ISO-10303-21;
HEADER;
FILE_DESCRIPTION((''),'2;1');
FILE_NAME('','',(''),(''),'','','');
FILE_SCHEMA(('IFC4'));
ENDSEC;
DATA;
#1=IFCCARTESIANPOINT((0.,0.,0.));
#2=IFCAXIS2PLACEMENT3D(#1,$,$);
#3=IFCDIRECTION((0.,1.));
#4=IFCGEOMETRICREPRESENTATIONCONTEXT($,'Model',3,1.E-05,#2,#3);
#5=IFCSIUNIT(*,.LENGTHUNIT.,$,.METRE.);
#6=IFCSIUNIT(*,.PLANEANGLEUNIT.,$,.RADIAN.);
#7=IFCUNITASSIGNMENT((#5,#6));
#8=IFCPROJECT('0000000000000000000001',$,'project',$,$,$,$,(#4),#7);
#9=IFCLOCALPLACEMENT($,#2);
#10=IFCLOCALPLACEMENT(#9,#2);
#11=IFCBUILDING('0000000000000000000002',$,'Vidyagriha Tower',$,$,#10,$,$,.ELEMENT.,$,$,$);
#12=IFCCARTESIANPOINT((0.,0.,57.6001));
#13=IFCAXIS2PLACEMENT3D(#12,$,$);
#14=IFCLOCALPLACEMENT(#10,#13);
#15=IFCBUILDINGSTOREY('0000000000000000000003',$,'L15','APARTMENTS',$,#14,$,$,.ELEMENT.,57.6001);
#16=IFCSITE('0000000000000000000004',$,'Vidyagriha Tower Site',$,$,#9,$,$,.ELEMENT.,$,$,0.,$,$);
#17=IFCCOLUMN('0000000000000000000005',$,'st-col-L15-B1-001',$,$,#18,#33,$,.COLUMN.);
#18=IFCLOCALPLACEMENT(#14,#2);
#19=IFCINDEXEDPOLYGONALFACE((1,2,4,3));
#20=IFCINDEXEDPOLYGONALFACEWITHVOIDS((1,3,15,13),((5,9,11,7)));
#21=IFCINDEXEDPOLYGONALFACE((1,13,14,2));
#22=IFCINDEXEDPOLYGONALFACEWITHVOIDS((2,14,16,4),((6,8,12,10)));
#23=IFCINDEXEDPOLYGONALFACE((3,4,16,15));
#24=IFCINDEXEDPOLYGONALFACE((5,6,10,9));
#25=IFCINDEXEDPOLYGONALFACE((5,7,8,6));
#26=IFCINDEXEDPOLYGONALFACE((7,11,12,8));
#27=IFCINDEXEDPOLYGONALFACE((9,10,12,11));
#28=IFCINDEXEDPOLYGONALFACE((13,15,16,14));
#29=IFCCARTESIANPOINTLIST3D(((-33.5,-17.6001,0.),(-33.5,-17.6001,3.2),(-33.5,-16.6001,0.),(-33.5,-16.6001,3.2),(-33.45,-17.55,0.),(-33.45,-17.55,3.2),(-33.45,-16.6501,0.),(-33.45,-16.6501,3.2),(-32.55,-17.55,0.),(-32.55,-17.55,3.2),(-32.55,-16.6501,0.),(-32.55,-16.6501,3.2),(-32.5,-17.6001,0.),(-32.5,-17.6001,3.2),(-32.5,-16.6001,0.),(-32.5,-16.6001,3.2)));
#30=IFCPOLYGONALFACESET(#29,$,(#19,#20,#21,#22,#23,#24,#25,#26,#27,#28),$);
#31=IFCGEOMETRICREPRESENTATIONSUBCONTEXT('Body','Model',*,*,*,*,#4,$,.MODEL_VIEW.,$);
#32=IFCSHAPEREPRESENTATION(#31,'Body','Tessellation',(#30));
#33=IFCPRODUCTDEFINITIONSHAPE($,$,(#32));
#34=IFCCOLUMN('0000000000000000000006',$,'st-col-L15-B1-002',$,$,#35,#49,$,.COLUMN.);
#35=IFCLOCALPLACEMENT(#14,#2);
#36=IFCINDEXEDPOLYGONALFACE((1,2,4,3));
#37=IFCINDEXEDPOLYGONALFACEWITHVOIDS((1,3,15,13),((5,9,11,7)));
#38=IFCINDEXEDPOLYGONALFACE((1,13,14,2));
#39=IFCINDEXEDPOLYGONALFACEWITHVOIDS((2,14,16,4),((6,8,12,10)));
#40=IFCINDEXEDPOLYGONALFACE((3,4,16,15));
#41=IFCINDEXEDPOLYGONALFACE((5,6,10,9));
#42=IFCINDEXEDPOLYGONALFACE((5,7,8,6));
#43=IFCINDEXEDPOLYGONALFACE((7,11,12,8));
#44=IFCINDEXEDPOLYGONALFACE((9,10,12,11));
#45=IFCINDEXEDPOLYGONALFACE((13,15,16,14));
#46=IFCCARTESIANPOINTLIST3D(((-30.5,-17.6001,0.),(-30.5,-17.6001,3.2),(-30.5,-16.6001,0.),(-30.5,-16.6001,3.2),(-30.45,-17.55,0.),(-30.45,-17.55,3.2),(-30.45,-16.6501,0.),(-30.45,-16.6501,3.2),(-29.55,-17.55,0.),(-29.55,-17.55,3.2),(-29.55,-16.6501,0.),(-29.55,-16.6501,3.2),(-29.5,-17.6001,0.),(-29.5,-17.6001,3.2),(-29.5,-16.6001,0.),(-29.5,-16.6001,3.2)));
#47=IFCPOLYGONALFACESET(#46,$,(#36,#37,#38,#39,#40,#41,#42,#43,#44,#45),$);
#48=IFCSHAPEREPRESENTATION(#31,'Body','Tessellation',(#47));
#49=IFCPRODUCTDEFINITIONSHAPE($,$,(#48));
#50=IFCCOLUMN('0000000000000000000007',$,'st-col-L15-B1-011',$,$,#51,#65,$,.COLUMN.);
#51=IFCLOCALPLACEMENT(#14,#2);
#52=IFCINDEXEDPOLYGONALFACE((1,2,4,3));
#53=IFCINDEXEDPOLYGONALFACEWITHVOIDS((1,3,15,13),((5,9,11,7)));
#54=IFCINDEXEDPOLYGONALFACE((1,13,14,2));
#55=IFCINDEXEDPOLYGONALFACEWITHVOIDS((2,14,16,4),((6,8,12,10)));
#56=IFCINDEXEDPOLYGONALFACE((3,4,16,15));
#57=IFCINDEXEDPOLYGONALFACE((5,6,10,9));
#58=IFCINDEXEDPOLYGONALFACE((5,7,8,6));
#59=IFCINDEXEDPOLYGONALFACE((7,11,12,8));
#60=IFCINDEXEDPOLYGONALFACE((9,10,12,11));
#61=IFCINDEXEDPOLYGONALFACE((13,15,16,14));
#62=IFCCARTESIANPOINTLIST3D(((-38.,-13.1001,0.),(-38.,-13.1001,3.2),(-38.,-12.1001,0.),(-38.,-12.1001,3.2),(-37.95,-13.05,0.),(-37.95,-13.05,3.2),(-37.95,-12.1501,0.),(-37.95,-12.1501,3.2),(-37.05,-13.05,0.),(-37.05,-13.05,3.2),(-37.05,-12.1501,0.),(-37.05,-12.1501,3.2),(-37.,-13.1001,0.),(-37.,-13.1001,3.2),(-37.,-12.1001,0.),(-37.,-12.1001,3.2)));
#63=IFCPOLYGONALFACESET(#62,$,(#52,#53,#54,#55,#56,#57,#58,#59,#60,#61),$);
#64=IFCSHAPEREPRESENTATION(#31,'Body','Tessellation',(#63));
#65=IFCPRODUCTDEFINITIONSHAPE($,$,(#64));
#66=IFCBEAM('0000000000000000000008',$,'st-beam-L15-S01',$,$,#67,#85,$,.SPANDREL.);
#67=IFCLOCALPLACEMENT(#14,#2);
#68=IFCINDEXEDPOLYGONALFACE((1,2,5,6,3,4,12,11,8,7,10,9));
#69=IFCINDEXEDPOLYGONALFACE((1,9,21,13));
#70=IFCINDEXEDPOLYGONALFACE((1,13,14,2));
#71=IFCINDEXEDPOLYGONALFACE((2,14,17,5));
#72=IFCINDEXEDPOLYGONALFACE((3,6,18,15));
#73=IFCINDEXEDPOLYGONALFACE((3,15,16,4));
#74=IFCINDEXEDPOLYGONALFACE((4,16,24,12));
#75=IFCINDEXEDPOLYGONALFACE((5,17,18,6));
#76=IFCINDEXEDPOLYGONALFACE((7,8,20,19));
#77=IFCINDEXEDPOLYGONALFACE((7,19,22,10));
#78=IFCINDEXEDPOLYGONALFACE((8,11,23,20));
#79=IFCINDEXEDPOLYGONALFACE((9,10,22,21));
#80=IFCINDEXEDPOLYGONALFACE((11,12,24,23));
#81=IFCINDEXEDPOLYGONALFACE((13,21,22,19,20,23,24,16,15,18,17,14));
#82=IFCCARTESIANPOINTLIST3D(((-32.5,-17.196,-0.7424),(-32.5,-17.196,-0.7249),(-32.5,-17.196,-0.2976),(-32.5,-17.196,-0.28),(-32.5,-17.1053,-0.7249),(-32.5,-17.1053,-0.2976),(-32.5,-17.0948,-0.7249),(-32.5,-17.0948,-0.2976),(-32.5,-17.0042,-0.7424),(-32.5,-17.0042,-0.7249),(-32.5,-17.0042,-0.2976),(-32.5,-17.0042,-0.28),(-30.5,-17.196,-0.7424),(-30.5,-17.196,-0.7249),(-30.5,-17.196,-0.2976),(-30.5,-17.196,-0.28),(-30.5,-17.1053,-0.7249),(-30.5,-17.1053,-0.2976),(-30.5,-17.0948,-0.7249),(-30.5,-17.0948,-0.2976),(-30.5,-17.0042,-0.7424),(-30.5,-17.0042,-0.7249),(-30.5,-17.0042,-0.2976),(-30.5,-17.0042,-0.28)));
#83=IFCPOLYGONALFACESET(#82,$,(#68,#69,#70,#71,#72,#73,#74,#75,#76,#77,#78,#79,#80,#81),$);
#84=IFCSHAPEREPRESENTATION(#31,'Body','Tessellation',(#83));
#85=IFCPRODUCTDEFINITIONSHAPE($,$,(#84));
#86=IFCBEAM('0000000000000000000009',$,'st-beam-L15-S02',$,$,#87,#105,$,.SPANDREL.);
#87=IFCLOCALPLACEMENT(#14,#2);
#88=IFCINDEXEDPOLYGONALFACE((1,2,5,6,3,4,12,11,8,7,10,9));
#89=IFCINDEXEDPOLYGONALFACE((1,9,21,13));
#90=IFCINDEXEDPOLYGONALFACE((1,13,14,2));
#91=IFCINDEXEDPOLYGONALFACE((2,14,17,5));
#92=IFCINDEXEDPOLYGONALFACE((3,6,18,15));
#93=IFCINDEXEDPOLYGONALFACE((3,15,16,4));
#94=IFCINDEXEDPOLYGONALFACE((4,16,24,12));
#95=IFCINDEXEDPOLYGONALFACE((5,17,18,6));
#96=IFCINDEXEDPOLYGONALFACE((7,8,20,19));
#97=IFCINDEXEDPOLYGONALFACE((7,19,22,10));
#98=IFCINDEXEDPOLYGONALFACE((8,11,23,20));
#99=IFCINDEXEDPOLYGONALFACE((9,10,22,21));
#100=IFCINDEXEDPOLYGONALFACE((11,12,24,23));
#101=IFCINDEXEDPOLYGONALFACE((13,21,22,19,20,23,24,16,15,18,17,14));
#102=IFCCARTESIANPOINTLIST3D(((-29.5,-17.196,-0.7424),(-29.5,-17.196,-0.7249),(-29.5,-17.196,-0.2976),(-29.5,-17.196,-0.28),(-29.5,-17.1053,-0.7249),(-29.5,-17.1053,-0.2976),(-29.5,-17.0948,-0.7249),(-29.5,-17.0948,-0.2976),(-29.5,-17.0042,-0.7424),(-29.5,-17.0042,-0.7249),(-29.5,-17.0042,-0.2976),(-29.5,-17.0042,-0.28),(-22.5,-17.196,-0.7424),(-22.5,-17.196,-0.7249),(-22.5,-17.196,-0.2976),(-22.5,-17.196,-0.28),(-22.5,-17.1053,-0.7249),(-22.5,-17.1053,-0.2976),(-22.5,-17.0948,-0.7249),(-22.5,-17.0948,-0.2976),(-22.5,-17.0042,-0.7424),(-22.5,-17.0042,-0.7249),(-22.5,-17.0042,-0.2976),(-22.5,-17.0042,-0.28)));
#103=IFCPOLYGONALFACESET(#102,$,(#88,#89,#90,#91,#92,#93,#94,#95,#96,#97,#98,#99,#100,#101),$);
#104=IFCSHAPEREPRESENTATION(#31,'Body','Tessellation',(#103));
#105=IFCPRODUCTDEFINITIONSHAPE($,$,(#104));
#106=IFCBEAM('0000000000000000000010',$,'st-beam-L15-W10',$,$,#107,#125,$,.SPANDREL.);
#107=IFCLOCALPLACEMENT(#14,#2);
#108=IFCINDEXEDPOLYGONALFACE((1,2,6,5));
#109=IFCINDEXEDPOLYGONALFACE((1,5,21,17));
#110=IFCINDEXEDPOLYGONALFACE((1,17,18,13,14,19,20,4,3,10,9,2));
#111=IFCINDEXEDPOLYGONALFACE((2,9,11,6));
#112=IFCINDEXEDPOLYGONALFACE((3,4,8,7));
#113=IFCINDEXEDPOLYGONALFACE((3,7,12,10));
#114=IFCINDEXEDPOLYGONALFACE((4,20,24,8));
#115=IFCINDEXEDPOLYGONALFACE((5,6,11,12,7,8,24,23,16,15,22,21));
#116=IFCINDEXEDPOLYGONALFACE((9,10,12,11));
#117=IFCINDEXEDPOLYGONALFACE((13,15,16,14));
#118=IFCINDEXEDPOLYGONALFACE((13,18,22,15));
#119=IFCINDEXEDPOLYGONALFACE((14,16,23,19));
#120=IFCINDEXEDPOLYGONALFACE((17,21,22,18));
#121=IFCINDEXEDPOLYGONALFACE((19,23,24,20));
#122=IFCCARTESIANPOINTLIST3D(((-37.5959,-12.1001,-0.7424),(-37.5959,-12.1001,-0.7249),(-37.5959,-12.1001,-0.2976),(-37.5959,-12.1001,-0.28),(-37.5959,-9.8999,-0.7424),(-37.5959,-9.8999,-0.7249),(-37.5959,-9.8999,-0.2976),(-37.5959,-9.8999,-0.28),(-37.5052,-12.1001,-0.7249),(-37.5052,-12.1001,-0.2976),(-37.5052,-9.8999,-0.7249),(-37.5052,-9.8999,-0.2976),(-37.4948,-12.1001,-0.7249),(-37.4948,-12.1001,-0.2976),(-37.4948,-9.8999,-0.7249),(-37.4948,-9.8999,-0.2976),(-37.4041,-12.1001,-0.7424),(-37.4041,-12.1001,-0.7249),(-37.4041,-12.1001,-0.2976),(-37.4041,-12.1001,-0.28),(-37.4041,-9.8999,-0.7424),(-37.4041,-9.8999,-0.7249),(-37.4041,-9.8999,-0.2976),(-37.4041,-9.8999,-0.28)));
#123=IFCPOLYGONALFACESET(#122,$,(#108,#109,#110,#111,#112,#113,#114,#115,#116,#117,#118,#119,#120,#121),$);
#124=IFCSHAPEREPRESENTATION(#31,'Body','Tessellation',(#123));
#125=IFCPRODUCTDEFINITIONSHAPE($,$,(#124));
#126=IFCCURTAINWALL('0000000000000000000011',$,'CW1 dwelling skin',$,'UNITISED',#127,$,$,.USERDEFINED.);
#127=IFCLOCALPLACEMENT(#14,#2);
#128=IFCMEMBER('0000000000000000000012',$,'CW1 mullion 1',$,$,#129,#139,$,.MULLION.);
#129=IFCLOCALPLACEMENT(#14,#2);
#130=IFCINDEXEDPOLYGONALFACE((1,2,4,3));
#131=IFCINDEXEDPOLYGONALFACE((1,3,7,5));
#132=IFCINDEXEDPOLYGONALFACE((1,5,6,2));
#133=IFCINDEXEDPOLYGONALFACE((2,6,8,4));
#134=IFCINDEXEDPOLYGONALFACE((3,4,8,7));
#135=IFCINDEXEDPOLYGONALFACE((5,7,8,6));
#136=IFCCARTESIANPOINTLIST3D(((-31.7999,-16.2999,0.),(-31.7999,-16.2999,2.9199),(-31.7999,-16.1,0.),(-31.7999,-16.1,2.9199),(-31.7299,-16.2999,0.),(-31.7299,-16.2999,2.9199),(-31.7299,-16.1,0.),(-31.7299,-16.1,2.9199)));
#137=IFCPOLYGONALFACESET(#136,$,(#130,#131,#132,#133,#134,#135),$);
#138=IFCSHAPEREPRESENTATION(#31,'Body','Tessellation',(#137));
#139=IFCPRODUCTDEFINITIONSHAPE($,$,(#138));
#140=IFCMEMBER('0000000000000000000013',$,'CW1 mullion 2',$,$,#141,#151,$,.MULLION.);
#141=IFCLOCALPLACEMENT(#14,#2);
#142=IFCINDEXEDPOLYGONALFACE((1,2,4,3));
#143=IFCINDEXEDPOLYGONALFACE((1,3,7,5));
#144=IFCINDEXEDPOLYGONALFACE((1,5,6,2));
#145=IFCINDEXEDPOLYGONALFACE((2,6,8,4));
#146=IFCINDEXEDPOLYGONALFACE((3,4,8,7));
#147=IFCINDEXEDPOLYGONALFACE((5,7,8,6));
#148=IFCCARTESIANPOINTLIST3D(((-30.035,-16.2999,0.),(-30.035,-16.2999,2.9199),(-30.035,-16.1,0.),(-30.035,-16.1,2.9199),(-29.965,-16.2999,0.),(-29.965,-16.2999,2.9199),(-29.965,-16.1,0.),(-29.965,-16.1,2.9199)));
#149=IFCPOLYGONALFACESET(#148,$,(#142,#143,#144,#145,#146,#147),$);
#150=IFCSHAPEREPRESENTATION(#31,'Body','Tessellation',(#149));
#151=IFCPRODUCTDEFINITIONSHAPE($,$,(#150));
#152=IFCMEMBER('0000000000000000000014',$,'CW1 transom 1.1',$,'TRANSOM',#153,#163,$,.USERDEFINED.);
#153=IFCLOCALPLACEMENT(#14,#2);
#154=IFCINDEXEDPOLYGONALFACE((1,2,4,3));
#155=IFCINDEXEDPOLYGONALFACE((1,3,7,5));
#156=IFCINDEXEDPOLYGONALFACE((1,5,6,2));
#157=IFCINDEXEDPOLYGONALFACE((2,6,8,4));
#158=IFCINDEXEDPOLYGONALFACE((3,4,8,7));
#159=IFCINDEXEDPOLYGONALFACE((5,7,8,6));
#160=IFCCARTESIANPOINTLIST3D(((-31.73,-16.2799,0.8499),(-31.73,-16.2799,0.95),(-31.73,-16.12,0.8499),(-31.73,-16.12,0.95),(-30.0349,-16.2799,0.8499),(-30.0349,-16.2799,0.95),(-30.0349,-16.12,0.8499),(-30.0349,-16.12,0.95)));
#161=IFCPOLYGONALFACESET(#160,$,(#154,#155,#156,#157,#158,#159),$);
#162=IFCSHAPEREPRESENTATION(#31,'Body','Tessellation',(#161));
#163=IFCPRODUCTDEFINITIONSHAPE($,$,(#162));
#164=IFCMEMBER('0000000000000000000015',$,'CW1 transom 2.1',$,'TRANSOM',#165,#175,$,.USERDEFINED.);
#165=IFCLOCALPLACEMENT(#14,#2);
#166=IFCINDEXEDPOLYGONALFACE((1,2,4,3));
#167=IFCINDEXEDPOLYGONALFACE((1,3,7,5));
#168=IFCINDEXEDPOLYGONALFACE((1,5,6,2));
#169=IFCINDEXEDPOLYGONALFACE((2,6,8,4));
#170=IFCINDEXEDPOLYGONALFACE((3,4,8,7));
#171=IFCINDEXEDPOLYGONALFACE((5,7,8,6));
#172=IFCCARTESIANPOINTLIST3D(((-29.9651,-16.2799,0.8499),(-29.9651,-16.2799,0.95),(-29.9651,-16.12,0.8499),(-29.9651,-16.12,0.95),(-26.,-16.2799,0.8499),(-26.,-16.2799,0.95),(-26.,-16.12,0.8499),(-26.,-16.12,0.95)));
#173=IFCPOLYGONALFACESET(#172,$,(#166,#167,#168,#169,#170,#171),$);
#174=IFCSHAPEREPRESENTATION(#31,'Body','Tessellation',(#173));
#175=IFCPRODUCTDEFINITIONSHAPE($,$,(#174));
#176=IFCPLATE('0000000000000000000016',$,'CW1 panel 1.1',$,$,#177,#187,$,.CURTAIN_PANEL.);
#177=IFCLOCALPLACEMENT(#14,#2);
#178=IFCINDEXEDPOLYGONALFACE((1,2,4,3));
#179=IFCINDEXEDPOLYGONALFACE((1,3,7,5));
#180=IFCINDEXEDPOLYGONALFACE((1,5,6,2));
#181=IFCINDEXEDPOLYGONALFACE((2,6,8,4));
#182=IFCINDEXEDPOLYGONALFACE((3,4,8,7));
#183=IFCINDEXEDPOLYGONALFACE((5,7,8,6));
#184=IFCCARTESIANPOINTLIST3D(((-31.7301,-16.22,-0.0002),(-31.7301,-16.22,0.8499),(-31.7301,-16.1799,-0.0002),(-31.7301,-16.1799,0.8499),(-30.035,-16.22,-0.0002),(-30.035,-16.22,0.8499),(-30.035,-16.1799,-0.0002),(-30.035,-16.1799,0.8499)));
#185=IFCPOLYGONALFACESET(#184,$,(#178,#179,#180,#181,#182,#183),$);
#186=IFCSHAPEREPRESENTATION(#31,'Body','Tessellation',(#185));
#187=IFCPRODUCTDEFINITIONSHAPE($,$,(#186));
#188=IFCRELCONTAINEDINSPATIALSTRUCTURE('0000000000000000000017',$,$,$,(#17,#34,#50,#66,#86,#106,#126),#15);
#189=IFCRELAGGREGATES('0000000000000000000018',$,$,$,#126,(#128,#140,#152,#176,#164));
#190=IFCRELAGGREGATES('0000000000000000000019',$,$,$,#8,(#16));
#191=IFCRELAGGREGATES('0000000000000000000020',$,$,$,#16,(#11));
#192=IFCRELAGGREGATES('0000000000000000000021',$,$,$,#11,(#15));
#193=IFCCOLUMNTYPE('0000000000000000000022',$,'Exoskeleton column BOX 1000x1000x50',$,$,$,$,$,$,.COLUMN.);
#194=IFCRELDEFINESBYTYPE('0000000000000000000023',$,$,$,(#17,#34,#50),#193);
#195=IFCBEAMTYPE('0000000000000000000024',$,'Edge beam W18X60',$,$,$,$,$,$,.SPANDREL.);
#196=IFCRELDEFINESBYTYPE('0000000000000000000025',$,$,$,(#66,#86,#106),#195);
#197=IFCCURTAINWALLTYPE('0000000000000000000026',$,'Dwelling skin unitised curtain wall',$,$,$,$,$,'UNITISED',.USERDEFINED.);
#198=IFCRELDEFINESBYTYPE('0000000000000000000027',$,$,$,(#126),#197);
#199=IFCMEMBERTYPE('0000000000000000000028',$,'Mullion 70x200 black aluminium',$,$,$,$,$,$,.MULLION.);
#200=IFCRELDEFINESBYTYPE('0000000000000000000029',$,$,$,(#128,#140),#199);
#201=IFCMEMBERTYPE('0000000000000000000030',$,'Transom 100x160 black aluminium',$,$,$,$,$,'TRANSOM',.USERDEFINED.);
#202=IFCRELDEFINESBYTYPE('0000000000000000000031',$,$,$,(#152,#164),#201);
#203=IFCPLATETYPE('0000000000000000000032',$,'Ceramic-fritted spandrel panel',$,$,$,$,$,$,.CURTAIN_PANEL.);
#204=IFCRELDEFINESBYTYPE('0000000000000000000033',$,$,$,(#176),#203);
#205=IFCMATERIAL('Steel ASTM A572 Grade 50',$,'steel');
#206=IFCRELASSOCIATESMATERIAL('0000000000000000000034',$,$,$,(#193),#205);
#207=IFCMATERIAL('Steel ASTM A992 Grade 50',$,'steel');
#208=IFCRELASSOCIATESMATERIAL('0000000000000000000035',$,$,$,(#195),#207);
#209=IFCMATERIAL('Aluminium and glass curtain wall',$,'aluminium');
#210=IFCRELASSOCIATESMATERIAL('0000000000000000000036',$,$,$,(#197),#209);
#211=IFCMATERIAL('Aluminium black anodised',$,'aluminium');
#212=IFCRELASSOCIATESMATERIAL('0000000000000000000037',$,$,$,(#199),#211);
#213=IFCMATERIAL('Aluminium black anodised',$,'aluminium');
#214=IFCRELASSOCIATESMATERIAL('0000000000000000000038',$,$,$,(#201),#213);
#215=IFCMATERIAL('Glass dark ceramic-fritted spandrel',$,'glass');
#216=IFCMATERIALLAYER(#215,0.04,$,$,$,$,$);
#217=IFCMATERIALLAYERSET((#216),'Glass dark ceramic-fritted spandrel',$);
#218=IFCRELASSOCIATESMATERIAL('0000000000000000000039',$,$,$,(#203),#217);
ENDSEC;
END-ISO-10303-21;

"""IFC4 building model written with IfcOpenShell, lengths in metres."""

from ifc_helpers import new_model, si_unit, direction, frame, origin, origin_2d, place, context, subcontext, project, spatial, rectangle, hollow_rectangle, i_section, extrude, material, layer, layer_set, material_profile, profile_set, type_object, element, aggregate, save


model = new_model("IFC4")

# Units and contexts
model_context = context("Model", 3, precision=1e-05, world=origin(), true_north=direction((0.0, 1.0)))
body_context = subcontext(model_context, "Body", "Model", "MODEL_VIEW")
ifc_project = project(units=[si_unit("LENGTHUNIT", "METRE"), si_unit("PLANEANGLEUNIT", "RADIAN")], contexts=[model_context])

# Site, building, storey
site_placement = place(None, origin())
site = spatial("IfcSite", under=ifc_project, at=site_placement, Name="Vidyagriha Tower Site", CompositionType="ELEMENT", RefElevation=0.0)
building_placement = place(site_placement, origin())
building = spatial("IfcBuilding", under=site, at=building_placement, Name="Vidyagriha Tower", CompositionType="ELEMENT")
storey_placement = place(building_placement, frame((0.0, 0.0, 57.6001)))
storey = spatial("IfcBuildingStorey", under=building, at=storey_placement, Name="L15", Description="APARTMENTS", CompositionType="ELEMENT", Elevation=57.6001)

# Columns
ifc_material_1 = material(Name="Steel ASTM A572 Grade 50", Category="steel")
ifc_material_profile_1 = material_profile(ifc_material_1, hollow_rectangle(XDim=1.0, YDim=1.0, WallThickness=0.05, at=origin_2d()), Name="BOX 1000x1000x50")
ifc_profile_set_1 = profile_set([ifc_material_profile_1], Name="Steel ASTM A572 Grade 50")
column_type = type_object("IfcColumnType", Name="Exoskeleton column BOX 1000x1000x50", PredefinedType="COLUMN", material=ifc_profile_set_1)
for number, where, name in (
    (1, (-33.0, -17.1001, 0.0), "st-col-L15-B1-001"),
    (2, (-30.0, -17.1001, 0.0), "st-col-L15-B1-002"),
    (3, (-37.5, -12.6001, 0.0), "st-col-L15-B1-011"),
):
    element("IfcColumn", number, at=place(storey_placement, frame(where)), inside=storey, type_object=column_type, Name=name, PredefinedType="COLUMN", context=body_context, shape_type="SweptSolid", body=[
        extrude(hollow_rectangle(XDim=1.0, YDim=1.0, WallThickness=0.05, at=origin_2d()), origin(), (0.0, 0.0, 1.0), 3.2),
    ])

# Beams
ifc_material_2 = material(Name="Steel ASTM A992 Grade 50", Category="steel")
ifc_material_profile_2 = material_profile(ifc_material_2, i_section(OverallWidth=0.1919, OverallDepth=0.4624, WebThickness=0.0105, FlangeThickness=0.0176, at=origin_2d()), Name="W18X60")
ifc_profile_set_2 = profile_set([ifc_material_profile_2], Name="Steel ASTM A992 Grade 50")
beam_type = type_object("IfcBeamType", Name="Edge beam W18X60", PredefinedType="SPANDREL", material=ifc_profile_set_2)
beam_1_placement = place(storey_placement, frame((-32.5, -17.1001, -0.5112), z_axis=(1.0, 0.0, 0.0), x_axis=(0.0, 1.0, 0.0)))
element("IfcBeam", 4, at=beam_1_placement, inside=storey, type_object=beam_type, Name="st-beam-L15-S01", PredefinedType="SPANDREL", context=body_context, shape_type="SweptSolid", body=[
    extrude(i_section(OverallWidth=0.1919, OverallDepth=0.4624, WebThickness=0.0105, FlangeThickness=0.0176, at=origin_2d()), origin(), (0.0, 0.0, 1.0), 2.0),
])
beam_2_placement = place(storey_placement, frame((-29.5, -17.1001, -0.5112), z_axis=(1.0, 0.0, 0.0), x_axis=(0.0, 1.0, 0.0)))
element("IfcBeam", 5, at=beam_2_placement, inside=storey, type_object=beam_type, Name="st-beam-L15-S02", PredefinedType="SPANDREL", context=body_context, shape_type="SweptSolid", body=[
    extrude(i_section(OverallWidth=0.1919, OverallDepth=0.4624, WebThickness=0.0105, FlangeThickness=0.0176, at=origin_2d()), origin(), (0.0, 0.0, 1.0), 7.0),
])
beam_3_placement = place(storey_placement, frame((-37.5, -12.1001, -0.5112), z_axis=(0.0, 1.0, 0.0), x_axis=(-1.0, 0.0, 0.0)))
element("IfcBeam", 6, at=beam_3_placement, inside=storey, type_object=beam_type, Name="st-beam-L15-W10", PredefinedType="SPANDREL", context=body_context, shape_type="SweptSolid", body=[
    extrude(i_section(OverallWidth=0.1919, OverallDepth=0.4624, WebThickness=0.0105, FlangeThickness=0.0176, at=origin_2d()), origin(), (0.0, 0.0, 1.0), 2.2002),
])

# Curtain wall, members, plate
ifc_material_3 = material(Name="Aluminium and glass curtain wall", Category="aluminium")
curtain_wall_type = type_object("IfcCurtainWallType", Name="Dwelling skin unitised curtain wall", ElementType="UNITISED", PredefinedType="USERDEFINED", material=ifc_material_3)
curtain_wall_placement = place(storey_placement, origin())
curtain_wall = element("IfcCurtainWall", 7, at=curtain_wall_placement, inside=storey, type_object=curtain_wall_type, Name="CW1 dwelling skin", ObjectType="UNITISED", PredefinedType="USERDEFINED")
ifc_material_4 = material(Name="Aluminium black anodised", Category="aluminium")
ifc_material_profile_3 = material_profile(ifc_material_4, rectangle(XDim=0.2, YDim=0.0701, at=origin_2d()), Name="Mullion 70x200 black aluminium")
ifc_profile_set_3 = profile_set([ifc_material_profile_3], Name="Aluminium black anodised")
member_type_1 = type_object("IfcMemberType", Name="Mullion 70x200 black aluminium", PredefinedType="MULLION", material=ifc_profile_set_3)
member_1_placement = place(storey_placement, frame((-31.7649, -16.2, 0.0), z_axis=(0.0, 0.0, 1.0), x_axis=(0.0, 1.0, 0.0)))
member_1 = element("IfcMember", 8, at=member_1_placement, type_object=member_type_1, Name="CW1 mullion 1", PredefinedType="MULLION", context=body_context, shape_type="SweptSolid", body=[
    extrude(rectangle(XDim=0.2, YDim=0.0701, at=origin_2d()), origin(), (0.0, 0.0, 1.0), 2.9199),
])
member_2_placement = place(storey_placement, frame((-30.0, -16.2, 0.0), z_axis=(0.0, 0.0, 1.0), x_axis=(0.0, 1.0, 0.0)))
member_2 = element("IfcMember", 9, at=member_2_placement, type_object=member_type_1, Name="CW1 mullion 2", PredefinedType="MULLION", context=body_context, shape_type="SweptSolid", body=[
    extrude(rectangle(XDim=0.2, YDim=0.0701, at=origin_2d()), origin(), (0.0, 0.0, 1.0), 2.9199),
])
ifc_material_5 = material(Name="Aluminium black anodised", Category="aluminium")
ifc_material_profile_4 = material_profile(ifc_material_5, rectangle(XDim=0.1599, YDim=0.1001, at=origin_2d()), Name="Transom 100x160 black aluminium")
ifc_profile_set_4 = profile_set([ifc_material_profile_4], Name="Aluminium black anodised")
member_type_2 = type_object("IfcMemberType", Name="Transom 100x160 black aluminium", ElementType="TRANSOM", PredefinedType="USERDEFINED", material=ifc_profile_set_4)
member_3_placement = place(storey_placement, frame((-31.73, -16.2, 0.8999), z_axis=(1.0, 0.0, 0.0), x_axis=(0.0, 1.0, 0.0)))
member_3 = element("IfcMember", 10, at=member_3_placement, type_object=member_type_2, Name="CW1 transom 1.1", ObjectType="TRANSOM", PredefinedType="USERDEFINED", context=body_context, shape_type="SweptSolid", body=[
    extrude(rectangle(XDim=0.1599, YDim=0.1001, at=origin_2d()), origin(), (0.0, 0.0, 1.0), 1.6951),
])
member_4_placement = place(storey_placement, frame((-29.9651, -16.2, 0.8999), z_axis=(1.0, 0.0, 0.0), x_axis=(0.0, 1.0, 0.0)))
member_4 = element("IfcMember", 11, at=member_4_placement, type_object=member_type_2, Name="CW1 transom 2.1", ObjectType="TRANSOM", PredefinedType="USERDEFINED", context=body_context, shape_type="SweptSolid", body=[
    extrude(rectangle(XDim=0.1599, YDim=0.1001, at=origin_2d()), origin(), (0.0, 0.0, 1.0), 3.9651),
])
ifc_material_6 = material(Name="Glass dark ceramic-fritted spandrel", Category="glass")
ifc_layer_1 = layer(ifc_material_6, 0.04)
ifc_layer_set_1 = layer_set([ifc_layer_1], Name="Glass dark ceramic-fritted spandrel")
plate_type_1 = type_object("IfcPlateType", Name="Ceramic-fritted spandrel panel", PredefinedType="CURTAIN_PANEL", material=ifc_layer_set_1)
plate_1_placement = place(storey_placement, frame((-30.8826, -16.2, -0.0002)))
plate_1 = element("IfcPlate", 12, at=plate_1_placement, type_object=plate_type_1, Name="CW1 panel 1.1", PredefinedType="CURTAIN_PANEL", context=body_context, shape_type="SweptSolid", body=[
    extrude(rectangle(XDim=1.6951, YDim=0.04, at=origin_2d()), origin(), (0.0, 0.0, 1.0), 0.8501),
])
aggregate(curtain_wall, [member_1, member_2, member_3, plate_1, member_4])

save(model, "model.ifc")
